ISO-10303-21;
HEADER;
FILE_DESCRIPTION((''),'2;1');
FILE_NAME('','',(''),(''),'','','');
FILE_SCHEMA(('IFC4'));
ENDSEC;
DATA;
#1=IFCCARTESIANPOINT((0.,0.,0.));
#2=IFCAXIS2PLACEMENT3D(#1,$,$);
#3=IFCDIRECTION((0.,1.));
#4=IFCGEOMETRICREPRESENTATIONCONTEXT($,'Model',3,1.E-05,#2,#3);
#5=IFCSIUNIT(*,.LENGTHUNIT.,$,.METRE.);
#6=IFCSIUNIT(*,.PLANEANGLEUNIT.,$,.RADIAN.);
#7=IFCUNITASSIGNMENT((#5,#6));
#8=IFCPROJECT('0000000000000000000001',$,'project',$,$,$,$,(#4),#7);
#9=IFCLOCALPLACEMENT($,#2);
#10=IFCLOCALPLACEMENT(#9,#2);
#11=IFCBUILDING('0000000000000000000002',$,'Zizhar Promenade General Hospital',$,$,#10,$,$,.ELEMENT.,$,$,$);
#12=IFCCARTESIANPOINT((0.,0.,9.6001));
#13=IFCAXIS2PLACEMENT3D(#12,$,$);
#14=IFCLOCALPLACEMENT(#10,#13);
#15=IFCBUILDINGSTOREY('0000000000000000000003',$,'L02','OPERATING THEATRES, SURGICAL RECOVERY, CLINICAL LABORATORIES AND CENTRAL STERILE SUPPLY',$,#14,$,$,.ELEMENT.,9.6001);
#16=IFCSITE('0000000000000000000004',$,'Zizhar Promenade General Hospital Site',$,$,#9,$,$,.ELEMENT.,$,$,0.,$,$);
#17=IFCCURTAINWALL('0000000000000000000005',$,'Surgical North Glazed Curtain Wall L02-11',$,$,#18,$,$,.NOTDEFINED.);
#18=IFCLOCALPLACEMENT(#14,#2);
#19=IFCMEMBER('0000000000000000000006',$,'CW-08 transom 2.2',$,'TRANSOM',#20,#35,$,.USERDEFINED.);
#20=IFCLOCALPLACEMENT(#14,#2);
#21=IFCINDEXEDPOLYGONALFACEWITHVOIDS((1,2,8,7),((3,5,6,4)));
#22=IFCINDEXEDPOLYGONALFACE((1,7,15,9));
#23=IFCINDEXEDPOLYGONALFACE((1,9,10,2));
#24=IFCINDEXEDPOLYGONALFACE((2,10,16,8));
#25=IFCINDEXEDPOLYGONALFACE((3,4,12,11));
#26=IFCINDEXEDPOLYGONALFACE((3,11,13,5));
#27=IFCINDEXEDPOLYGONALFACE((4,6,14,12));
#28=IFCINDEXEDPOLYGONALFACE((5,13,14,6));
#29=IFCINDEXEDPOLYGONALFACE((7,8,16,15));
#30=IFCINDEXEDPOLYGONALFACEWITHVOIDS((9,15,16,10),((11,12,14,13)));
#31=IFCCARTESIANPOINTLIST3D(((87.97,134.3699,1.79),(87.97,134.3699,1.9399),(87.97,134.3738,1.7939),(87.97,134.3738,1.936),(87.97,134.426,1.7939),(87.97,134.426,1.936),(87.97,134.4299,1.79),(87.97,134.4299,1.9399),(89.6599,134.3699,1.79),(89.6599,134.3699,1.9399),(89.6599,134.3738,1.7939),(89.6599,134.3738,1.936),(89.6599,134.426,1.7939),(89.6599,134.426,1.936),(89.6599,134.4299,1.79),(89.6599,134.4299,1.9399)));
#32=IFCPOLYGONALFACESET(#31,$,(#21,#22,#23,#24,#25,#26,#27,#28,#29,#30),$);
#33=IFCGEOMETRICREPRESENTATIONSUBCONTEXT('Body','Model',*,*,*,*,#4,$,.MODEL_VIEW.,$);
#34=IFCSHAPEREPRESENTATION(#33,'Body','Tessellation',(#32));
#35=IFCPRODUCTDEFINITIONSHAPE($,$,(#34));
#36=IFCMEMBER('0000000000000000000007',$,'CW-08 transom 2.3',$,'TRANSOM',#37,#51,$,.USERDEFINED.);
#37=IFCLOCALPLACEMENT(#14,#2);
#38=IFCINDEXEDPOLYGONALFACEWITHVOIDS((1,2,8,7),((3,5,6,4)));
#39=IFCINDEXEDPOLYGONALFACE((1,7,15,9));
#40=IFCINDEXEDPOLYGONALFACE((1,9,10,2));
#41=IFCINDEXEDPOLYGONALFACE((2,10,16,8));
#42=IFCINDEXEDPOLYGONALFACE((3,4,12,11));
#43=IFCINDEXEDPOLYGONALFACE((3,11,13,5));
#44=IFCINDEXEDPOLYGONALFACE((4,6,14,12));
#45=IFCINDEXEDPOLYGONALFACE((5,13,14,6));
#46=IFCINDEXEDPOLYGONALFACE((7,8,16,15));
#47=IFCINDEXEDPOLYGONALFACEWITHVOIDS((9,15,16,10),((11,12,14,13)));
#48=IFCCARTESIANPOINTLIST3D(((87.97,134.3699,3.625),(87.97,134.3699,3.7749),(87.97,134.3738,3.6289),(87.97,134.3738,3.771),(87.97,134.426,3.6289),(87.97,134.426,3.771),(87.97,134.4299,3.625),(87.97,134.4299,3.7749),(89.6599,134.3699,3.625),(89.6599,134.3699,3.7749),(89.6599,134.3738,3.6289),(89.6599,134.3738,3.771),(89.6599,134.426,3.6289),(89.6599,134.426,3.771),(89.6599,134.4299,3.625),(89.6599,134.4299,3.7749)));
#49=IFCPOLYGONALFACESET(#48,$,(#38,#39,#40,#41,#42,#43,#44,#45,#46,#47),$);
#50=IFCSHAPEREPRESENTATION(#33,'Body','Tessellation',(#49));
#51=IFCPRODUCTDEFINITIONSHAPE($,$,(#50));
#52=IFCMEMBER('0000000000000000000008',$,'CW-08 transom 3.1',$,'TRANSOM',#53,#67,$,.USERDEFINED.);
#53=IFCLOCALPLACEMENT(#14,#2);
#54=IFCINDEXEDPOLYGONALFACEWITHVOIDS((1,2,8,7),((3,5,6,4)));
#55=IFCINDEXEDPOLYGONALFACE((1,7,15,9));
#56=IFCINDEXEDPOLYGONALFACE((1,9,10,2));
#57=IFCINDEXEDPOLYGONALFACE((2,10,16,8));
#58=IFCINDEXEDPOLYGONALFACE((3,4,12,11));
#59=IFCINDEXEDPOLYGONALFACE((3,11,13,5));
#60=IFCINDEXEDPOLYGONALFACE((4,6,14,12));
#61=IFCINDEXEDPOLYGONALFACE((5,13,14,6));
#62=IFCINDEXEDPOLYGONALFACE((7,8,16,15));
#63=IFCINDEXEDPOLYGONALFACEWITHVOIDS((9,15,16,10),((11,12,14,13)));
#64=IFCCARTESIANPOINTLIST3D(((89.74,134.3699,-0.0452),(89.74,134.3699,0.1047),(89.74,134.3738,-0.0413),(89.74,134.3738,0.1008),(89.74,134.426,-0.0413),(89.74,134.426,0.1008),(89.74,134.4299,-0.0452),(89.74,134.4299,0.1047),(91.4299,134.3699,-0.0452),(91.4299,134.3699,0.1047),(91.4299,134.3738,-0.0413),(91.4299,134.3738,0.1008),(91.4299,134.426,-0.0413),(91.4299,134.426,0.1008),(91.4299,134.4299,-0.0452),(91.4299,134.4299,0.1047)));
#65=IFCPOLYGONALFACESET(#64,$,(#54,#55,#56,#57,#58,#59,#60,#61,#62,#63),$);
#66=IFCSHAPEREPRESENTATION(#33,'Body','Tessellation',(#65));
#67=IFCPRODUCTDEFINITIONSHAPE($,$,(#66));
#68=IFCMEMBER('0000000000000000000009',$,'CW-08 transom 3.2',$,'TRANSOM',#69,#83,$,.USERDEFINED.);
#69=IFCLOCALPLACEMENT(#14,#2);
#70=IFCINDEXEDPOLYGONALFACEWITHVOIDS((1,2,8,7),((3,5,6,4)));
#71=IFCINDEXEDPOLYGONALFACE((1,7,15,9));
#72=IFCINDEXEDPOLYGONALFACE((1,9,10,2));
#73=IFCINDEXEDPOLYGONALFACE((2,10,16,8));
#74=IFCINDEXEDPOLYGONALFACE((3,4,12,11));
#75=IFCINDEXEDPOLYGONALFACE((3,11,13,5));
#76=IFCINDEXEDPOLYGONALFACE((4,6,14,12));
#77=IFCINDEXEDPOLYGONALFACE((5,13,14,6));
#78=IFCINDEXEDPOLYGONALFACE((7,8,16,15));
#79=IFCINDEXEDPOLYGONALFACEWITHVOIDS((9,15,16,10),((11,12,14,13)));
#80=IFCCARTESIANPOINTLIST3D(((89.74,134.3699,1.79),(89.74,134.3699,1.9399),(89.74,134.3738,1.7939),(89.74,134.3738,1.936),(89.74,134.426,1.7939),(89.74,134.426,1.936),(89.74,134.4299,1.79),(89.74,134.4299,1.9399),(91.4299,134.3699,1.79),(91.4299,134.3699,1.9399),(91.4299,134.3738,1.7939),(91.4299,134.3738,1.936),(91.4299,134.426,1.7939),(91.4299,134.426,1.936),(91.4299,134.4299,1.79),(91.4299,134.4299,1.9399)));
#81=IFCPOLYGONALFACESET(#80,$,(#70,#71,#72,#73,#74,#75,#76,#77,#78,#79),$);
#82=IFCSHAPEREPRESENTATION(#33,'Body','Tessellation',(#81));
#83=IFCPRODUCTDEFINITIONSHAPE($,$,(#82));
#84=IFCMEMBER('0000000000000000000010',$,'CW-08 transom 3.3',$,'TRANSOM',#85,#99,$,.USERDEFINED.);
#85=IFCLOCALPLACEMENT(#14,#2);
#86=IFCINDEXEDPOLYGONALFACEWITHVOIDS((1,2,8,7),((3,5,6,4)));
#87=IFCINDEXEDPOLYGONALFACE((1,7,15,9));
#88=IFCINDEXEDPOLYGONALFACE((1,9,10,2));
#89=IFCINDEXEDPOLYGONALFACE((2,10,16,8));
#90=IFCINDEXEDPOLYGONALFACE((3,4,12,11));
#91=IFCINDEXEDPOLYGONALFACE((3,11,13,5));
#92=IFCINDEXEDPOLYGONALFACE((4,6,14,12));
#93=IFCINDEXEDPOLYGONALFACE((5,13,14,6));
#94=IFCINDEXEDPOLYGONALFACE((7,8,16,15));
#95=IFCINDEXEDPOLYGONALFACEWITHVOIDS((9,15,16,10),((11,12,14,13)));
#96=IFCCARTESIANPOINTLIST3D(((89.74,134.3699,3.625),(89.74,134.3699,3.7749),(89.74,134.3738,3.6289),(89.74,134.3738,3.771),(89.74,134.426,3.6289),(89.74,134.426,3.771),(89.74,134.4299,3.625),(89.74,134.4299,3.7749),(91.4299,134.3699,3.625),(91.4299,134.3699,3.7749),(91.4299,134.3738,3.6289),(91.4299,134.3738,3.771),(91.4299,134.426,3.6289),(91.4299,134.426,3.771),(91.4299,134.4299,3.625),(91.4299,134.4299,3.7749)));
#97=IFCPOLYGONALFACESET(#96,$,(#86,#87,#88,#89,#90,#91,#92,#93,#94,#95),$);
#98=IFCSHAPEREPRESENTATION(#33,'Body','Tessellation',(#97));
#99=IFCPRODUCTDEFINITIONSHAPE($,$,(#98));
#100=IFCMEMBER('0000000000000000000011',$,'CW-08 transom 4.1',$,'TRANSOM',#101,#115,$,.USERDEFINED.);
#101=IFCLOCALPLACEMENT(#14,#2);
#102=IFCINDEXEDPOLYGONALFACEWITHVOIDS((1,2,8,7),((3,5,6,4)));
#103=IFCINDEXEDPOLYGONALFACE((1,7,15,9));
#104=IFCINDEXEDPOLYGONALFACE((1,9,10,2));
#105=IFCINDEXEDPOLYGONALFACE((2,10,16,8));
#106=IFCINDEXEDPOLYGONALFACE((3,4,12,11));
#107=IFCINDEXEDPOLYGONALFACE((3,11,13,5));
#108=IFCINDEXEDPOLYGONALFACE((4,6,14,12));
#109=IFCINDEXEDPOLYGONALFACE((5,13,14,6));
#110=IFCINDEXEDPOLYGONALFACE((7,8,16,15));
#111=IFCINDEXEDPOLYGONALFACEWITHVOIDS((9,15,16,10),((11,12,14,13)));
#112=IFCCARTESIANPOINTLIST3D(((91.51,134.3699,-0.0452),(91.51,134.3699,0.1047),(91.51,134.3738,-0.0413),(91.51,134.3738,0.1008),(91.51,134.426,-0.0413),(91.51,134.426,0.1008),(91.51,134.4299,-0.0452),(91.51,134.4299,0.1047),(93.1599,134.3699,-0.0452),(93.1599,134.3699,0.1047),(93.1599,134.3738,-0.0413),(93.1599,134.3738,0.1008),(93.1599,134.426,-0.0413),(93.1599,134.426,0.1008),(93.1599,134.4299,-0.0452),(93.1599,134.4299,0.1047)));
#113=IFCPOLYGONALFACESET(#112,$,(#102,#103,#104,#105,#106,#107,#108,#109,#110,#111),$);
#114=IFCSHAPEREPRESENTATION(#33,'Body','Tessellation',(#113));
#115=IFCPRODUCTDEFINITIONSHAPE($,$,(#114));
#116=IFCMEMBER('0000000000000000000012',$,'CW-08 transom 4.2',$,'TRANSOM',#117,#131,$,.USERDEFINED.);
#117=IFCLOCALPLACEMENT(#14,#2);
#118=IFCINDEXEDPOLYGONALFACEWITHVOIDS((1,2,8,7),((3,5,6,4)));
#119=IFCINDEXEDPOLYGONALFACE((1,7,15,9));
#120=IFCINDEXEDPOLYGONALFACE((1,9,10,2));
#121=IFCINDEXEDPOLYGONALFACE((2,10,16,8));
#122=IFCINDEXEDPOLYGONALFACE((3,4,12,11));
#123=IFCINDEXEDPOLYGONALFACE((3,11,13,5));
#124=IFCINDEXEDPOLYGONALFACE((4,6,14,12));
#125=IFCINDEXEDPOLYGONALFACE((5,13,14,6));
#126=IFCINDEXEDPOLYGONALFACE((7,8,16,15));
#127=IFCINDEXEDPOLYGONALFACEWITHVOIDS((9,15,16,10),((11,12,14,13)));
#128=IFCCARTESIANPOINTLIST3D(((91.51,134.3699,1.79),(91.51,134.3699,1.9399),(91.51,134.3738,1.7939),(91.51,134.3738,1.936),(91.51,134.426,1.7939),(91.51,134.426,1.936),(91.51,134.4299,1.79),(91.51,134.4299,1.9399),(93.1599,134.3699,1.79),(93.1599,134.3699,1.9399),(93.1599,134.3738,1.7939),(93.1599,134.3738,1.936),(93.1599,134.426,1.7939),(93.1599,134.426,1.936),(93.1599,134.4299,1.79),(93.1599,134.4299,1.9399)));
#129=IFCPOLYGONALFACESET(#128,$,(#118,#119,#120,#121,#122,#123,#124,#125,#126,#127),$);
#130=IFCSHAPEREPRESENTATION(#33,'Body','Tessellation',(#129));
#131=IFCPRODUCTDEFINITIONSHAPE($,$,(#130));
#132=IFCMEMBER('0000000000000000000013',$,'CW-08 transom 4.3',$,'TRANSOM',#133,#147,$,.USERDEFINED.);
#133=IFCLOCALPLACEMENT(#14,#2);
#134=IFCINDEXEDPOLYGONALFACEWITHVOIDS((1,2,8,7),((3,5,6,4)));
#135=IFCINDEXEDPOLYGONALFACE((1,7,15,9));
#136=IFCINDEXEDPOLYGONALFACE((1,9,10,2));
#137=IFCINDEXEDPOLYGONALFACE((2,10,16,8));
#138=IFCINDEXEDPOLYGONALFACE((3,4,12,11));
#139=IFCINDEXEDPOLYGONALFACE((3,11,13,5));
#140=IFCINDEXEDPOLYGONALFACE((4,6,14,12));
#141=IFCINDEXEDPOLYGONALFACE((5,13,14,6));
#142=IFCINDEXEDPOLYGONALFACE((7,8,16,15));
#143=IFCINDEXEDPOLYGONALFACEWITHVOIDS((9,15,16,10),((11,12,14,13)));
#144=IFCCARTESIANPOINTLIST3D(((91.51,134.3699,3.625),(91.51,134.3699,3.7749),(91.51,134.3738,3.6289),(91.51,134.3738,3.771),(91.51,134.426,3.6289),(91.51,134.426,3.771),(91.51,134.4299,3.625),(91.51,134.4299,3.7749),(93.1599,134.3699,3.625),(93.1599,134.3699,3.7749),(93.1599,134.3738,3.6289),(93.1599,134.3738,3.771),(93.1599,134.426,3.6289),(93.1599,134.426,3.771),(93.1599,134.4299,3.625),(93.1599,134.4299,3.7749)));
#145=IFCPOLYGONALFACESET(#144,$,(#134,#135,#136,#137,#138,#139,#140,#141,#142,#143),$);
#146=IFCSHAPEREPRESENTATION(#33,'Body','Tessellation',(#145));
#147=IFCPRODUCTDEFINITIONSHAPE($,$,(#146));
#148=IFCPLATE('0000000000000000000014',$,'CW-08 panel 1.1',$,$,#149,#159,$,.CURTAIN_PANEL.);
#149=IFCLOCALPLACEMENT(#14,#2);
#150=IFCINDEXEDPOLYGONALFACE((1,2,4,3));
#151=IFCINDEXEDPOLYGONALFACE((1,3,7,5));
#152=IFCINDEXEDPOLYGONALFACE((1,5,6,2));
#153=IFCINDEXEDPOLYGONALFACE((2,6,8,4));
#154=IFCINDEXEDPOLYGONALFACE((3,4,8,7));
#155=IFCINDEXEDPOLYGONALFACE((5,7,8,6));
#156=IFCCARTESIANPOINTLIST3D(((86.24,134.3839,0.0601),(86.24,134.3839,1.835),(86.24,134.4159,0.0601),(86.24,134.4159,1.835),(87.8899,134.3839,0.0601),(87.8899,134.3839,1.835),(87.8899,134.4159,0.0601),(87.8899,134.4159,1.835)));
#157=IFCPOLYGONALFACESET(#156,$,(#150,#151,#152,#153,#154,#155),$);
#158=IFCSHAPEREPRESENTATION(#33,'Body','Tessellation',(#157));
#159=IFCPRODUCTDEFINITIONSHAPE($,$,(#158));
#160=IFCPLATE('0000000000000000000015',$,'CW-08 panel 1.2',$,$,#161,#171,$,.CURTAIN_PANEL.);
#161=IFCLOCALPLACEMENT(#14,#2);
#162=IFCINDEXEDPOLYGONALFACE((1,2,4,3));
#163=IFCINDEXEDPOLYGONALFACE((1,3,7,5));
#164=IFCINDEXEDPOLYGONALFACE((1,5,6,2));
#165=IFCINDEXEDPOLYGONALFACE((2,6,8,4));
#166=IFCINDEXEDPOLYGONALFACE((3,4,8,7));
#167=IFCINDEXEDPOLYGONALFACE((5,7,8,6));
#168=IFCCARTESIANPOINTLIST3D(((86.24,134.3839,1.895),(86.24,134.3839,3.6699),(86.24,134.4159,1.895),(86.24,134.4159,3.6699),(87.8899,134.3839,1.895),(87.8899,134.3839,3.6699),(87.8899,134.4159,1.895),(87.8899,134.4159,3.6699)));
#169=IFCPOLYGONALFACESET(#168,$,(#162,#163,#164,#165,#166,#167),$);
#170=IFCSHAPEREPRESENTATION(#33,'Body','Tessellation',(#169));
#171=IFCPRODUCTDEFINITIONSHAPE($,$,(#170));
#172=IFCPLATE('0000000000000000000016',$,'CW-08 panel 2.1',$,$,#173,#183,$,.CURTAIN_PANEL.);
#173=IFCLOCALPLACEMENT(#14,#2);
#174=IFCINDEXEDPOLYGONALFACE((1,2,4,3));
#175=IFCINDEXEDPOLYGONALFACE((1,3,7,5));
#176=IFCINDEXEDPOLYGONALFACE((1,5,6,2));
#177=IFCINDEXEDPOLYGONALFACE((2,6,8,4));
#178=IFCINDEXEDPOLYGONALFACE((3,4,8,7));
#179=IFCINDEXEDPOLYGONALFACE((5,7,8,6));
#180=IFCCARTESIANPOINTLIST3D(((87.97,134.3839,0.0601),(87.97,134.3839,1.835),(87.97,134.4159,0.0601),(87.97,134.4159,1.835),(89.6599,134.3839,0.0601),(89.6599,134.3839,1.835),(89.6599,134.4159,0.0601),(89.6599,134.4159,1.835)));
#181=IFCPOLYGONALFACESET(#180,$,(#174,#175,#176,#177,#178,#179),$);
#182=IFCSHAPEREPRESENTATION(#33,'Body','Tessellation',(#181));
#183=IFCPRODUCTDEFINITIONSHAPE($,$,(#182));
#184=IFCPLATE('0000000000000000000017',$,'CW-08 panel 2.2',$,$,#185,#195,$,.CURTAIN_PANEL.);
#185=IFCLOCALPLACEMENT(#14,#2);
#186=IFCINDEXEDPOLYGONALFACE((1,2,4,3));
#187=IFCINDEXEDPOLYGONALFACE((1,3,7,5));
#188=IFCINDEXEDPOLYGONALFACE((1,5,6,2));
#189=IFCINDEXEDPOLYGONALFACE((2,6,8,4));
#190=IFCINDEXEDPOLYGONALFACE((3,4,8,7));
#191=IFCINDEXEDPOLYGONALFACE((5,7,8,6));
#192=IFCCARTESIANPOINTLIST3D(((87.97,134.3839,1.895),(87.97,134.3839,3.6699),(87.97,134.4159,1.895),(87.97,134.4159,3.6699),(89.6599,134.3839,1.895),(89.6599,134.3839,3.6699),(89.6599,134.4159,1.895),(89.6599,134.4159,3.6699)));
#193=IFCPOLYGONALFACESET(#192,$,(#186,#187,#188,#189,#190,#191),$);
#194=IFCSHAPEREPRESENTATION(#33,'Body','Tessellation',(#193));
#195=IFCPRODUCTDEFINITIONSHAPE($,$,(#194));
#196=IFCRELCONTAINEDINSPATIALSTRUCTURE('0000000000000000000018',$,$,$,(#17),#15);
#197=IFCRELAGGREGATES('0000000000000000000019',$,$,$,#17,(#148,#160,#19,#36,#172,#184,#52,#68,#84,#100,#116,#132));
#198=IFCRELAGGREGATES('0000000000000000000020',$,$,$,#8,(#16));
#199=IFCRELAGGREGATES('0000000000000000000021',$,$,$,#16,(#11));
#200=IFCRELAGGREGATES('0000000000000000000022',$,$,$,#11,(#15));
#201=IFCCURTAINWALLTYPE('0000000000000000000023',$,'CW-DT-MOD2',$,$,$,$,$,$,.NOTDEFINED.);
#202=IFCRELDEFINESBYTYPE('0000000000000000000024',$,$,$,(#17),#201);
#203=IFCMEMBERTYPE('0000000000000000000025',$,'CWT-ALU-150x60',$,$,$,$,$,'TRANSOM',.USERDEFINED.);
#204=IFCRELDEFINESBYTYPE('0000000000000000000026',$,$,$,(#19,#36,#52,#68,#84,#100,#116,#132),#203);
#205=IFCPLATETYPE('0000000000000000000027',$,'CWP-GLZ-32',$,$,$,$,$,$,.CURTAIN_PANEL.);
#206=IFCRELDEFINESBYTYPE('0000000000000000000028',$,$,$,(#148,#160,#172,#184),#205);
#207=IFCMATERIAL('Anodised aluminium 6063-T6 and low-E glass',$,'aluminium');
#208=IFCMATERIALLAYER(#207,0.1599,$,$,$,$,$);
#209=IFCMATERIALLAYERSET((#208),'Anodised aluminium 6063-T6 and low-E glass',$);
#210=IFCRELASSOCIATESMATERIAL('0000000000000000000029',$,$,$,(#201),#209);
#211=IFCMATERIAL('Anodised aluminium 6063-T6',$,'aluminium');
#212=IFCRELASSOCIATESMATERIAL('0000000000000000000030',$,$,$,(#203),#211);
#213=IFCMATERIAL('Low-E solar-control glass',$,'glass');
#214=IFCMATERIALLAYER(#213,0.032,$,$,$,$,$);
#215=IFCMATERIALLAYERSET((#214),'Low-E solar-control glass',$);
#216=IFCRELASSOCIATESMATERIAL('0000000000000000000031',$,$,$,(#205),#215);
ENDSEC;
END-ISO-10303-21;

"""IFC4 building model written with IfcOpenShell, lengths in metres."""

from ifc_helpers import new_model, si_unit, direction, frame, origin, origin_2d, place, context, subcontext, project, spatial, rectangle, hollow_rectangle, extrude, material, layer, layer_set, material_profile, profile_set, type_object, element, aggregate, save


model = new_model("IFC4")

# Units and contexts
model_context = context("Model", 3, precision=1e-05, world=origin(), true_north=direction((0.0, 1.0)))
body_context = subcontext(model_context, "Body", "Model", "MODEL_VIEW")
ifc_project = project(units=[si_unit("LENGTHUNIT", "METRE"), si_unit("PLANEANGLEUNIT", "RADIAN")], contexts=[model_context])

# Site, building, storey
site_placement = place(None, origin())
site = spatial("IfcSite", under=ifc_project, at=site_placement, Name="Zizhar Promenade General Hospital Site", CompositionType="ELEMENT", RefElevation=0.0)
building_placement = place(site_placement, origin())
building = spatial("IfcBuilding", under=site, at=building_placement, Name="Zizhar Promenade General Hospital", CompositionType="ELEMENT")
storey_placement = place(building_placement, frame((0.0, 0.0, 9.6001)))
storey = spatial("IfcBuildingStorey", under=building, at=storey_placement, Name="L02", Description="OPERATING THEATRES, SURGICAL RECOVERY, CLINICAL LABORATORIES AND CENTRAL STERILE SUPPLY", CompositionType="ELEMENT", Elevation=9.6001)

# Curtain wall, members, plates
ifc_material_1 = material(Name="Anodised aluminium 6063-T6 and low-E glass", Category="aluminium")
ifc_layer_1 = layer(ifc_material_1, 0.1599)
ifc_layer_set_1 = layer_set([ifc_layer_1], Name="Anodised aluminium 6063-T6 and low-E glass")
curtain_wall_type = type_object("IfcCurtainWallType", Name="CW-DT-MOD2", PredefinedType="NOTDEFINED", material=ifc_layer_set_1)
curtain_wall_placement = place(storey_placement, origin())
curtain_wall = element("IfcCurtainWall", 1, at=curtain_wall_placement, inside=storey, type_object=curtain_wall_type, Name="Surgical North Glazed Curtain Wall L02-11", PredefinedType="NOTDEFINED")
ifc_material_2 = material(Name="Anodised aluminium 6063-T6", Category="aluminium")
ifc_material_profile_1 = material_profile(ifc_material_2, hollow_rectangle(XDim=0.0601, YDim=0.1499, WallThickness=0.0039, at=origin_2d()))
ifc_profile_set_1 = profile_set([ifc_material_profile_1], Name="Anodised aluminium 6063-T6")
member_type_1 = type_object("IfcMemberType", Name="CWT-ALU-150x60", ElementType="TRANSOM", PredefinedType="USERDEFINED", material=ifc_profile_set_1)
member_1_placement = place(storey_placement, frame((87.97, 134.3999, 1.865), z_axis=(1.0, 0.0, 0.0), x_axis=(0.0, 1.0, 0.0)))
member_1 = element("IfcMember", 2, at=member_1_placement, type_object=member_type_1, Name="CW-08 transom 2.2", ObjectType="TRANSOM", PredefinedType="USERDEFINED", context=body_context, shape_type="SweptSolid", body=[
    extrude(hollow_rectangle(XDim=0.0601, YDim=0.1499, WallThickness=0.0039, at=origin_2d()), origin(), (0.0, 0.0, 1.0), 1.6899),
])
member_2_placement = place(storey_placement, frame((87.97, 134.3999, 3.7), z_axis=(1.0, 0.0, 0.0), x_axis=(0.0, 1.0, 0.0)))
member_2 = element("IfcMember", 3, at=member_2_placement, type_object=member_type_1, Name="CW-08 transom 2.3", ObjectType="TRANSOM", PredefinedType="USERDEFINED", context=body_context, shape_type="SweptSolid", body=[
    extrude(hollow_rectangle(XDim=0.0601, YDim=0.1499, WallThickness=0.0039, at=origin_2d()), origin(), (0.0, 0.0, 1.0), 1.6899),
])
member_3_placement = place(storey_placement, frame((89.74, 134.3999, 0.0298), z_axis=(1.0, 0.0, 0.0), x_axis=(0.0, 1.0, 0.0)))
member_3 = element("IfcMember", 4, at=member_3_placement, type_object=member_type_1, Name="CW-08 transom 3.1", ObjectType="TRANSOM", PredefinedType="USERDEFINED", context=body_context, shape_type="SweptSolid", body=[
    extrude(hollow_rectangle(XDim=0.0601, YDim=0.1499, WallThickness=0.0039, at=origin_2d()), origin(), (0.0, 0.0, 1.0), 1.6899),
])
member_4_placement = place(storey_placement, frame((89.74, 134.3999, 1.865), z_axis=(1.0, 0.0, 0.0), x_axis=(0.0, 1.0, 0.0)))
member_4 = element("IfcMember", 5, at=member_4_placement, type_object=member_type_1, Name="CW-08 transom 3.2", ObjectType="TRANSOM", PredefinedType="USERDEFINED", context=body_context, shape_type="SweptSolid", body=[
    extrude(hollow_rectangle(XDim=0.0601, YDim=0.1499, WallThickness=0.0039, at=origin_2d()), origin(), (0.0, 0.0, 1.0), 1.6899),
])
member_5_placement = place(storey_placement, frame((89.74, 134.3999, 3.7), z_axis=(1.0, 0.0, 0.0), x_axis=(0.0, 1.0, 0.0)))
member_5 = element("IfcMember", 6, at=member_5_placement, type_object=member_type_1, Name="CW-08 transom 3.3", ObjectType="TRANSOM", PredefinedType="USERDEFINED", context=body_context, shape_type="SweptSolid", body=[
    extrude(hollow_rectangle(XDim=0.0601, YDim=0.1499, WallThickness=0.0039, at=origin_2d()), origin(), (0.0, 0.0, 1.0), 1.6899),
])
member_6_placement = place(storey_placement, frame((91.51, 134.3999, 0.0298), z_axis=(1.0, 0.0, 0.0), x_axis=(0.0, 1.0, 0.0)))
member_6 = element("IfcMember", 7, at=member_6_placement, type_object=member_type_1, Name="CW-08 transom 4.1", ObjectType="TRANSOM", PredefinedType="USERDEFINED", context=body_context, shape_type="SweptSolid", body=[
    extrude(hollow_rectangle(XDim=0.0601, YDim=0.1499, WallThickness=0.0039, at=origin_2d()), origin(), (0.0, 0.0, 1.0), 1.6499),
])
member_7_placement = place(storey_placement, frame((91.51, 134.3999, 1.865), z_axis=(1.0, 0.0, 0.0), x_axis=(0.0, 1.0, 0.0)))
member_7 = element("IfcMember", 8, at=member_7_placement, type_object=member_type_1, Name="CW-08 transom 4.2", ObjectType="TRANSOM", PredefinedType="USERDEFINED", context=body_context, shape_type="SweptSolid", body=[
    extrude(hollow_rectangle(XDim=0.0601, YDim=0.1499, WallThickness=0.0039, at=origin_2d()), origin(), (0.0, 0.0, 1.0), 1.6499),
])
member_8_placement = place(storey_placement, frame((91.51, 134.3999, 3.7), z_axis=(1.0, 0.0, 0.0), x_axis=(0.0, 1.0, 0.0)))
member_8 = element("IfcMember", 9, at=member_8_placement, type_object=member_type_1, Name="CW-08 transom 4.3", ObjectType="TRANSOM", PredefinedType="USERDEFINED", context=body_context, shape_type="SweptSolid", body=[
    extrude(hollow_rectangle(XDim=0.0601, YDim=0.1499, WallThickness=0.0039, at=origin_2d()), origin(), (0.0, 0.0, 1.0), 1.6499),
])
ifc_material_3 = material(Name="Low-E solar-control glass", Category="glass")
ifc_layer_2 = layer(ifc_material_3, 0.032)
ifc_layer_set_2 = layer_set([ifc_layer_2], Name="Low-E solar-control glass")
plate_type = type_object("IfcPlateType", Name="CWP-GLZ-32", PredefinedType="CURTAIN_PANEL", material=ifc_layer_set_2)
plate_1_placement = place(storey_placement, frame((87.0649, 134.3999, 0.0601), z_axis=(0.0, 0.0, 1.0), x_axis=(1.0, 0.0, 0.0)))
plate_1 = element("IfcPlate", 10, at=plate_1_placement, type_object=plate_type, Name="CW-08 panel 1.1", PredefinedType="CURTAIN_PANEL", context=body_context, shape_type="SweptSolid", body=[
    extrude(rectangle(XDim=1.6499, YDim=0.032, at=origin_2d()), origin(), (0.0, 0.0, 1.0), 1.7749),
])
plate_2_placement = place(storey_placement, frame((87.0649, 134.3999, 1.895), z_axis=(0.0, 0.0, 1.0), x_axis=(1.0, 0.0, 0.0)))
plate_2 = element("IfcPlate", 11, at=plate_2_placement, type_object=plate_type, Name="CW-08 panel 1.2", PredefinedType="CURTAIN_PANEL", context=body_context, shape_type="SweptSolid", body=[
    extrude(rectangle(XDim=1.6499, YDim=0.032, at=origin_2d()), origin(), (0.0, 0.0, 1.0), 1.7749),
])
plate_3_placement = place(storey_placement, frame((88.8149, 134.3999, 0.0601), z_axis=(0.0, 0.0, 1.0), x_axis=(1.0, 0.0, 0.0)))
plate_3 = element("IfcPlate", 12, at=plate_3_placement, type_object=plate_type, Name="CW-08 panel 2.1", PredefinedType="CURTAIN_PANEL", context=body_context, shape_type="SweptSolid", body=[
    extrude(rectangle(XDim=1.6899, YDim=0.032, at=origin_2d()), origin(), (0.0, 0.0, 1.0), 1.7749),
])
plate_4_placement = place(storey_placement, frame((88.8149, 134.3999, 1.895), z_axis=(0.0, 0.0, 1.0), x_axis=(1.0, 0.0, 0.0)))
plate_4 = element("IfcPlate", 13, at=plate_4_placement, type_object=plate_type, Name="CW-08 panel 2.2", PredefinedType="CURTAIN_PANEL", context=body_context, shape_type="SweptSolid", body=[
    extrude(rectangle(XDim=1.6899, YDim=0.032, at=origin_2d()), origin(), (0.0, 0.0, 1.0), 1.7749),
])
aggregate(curtain_wall, [plate_1, plate_2, member_1, member_2, plate_3, plate_4, member_3, member_4, member_5, member_6, member_7, member_8])

save(model, "model.ifc")
